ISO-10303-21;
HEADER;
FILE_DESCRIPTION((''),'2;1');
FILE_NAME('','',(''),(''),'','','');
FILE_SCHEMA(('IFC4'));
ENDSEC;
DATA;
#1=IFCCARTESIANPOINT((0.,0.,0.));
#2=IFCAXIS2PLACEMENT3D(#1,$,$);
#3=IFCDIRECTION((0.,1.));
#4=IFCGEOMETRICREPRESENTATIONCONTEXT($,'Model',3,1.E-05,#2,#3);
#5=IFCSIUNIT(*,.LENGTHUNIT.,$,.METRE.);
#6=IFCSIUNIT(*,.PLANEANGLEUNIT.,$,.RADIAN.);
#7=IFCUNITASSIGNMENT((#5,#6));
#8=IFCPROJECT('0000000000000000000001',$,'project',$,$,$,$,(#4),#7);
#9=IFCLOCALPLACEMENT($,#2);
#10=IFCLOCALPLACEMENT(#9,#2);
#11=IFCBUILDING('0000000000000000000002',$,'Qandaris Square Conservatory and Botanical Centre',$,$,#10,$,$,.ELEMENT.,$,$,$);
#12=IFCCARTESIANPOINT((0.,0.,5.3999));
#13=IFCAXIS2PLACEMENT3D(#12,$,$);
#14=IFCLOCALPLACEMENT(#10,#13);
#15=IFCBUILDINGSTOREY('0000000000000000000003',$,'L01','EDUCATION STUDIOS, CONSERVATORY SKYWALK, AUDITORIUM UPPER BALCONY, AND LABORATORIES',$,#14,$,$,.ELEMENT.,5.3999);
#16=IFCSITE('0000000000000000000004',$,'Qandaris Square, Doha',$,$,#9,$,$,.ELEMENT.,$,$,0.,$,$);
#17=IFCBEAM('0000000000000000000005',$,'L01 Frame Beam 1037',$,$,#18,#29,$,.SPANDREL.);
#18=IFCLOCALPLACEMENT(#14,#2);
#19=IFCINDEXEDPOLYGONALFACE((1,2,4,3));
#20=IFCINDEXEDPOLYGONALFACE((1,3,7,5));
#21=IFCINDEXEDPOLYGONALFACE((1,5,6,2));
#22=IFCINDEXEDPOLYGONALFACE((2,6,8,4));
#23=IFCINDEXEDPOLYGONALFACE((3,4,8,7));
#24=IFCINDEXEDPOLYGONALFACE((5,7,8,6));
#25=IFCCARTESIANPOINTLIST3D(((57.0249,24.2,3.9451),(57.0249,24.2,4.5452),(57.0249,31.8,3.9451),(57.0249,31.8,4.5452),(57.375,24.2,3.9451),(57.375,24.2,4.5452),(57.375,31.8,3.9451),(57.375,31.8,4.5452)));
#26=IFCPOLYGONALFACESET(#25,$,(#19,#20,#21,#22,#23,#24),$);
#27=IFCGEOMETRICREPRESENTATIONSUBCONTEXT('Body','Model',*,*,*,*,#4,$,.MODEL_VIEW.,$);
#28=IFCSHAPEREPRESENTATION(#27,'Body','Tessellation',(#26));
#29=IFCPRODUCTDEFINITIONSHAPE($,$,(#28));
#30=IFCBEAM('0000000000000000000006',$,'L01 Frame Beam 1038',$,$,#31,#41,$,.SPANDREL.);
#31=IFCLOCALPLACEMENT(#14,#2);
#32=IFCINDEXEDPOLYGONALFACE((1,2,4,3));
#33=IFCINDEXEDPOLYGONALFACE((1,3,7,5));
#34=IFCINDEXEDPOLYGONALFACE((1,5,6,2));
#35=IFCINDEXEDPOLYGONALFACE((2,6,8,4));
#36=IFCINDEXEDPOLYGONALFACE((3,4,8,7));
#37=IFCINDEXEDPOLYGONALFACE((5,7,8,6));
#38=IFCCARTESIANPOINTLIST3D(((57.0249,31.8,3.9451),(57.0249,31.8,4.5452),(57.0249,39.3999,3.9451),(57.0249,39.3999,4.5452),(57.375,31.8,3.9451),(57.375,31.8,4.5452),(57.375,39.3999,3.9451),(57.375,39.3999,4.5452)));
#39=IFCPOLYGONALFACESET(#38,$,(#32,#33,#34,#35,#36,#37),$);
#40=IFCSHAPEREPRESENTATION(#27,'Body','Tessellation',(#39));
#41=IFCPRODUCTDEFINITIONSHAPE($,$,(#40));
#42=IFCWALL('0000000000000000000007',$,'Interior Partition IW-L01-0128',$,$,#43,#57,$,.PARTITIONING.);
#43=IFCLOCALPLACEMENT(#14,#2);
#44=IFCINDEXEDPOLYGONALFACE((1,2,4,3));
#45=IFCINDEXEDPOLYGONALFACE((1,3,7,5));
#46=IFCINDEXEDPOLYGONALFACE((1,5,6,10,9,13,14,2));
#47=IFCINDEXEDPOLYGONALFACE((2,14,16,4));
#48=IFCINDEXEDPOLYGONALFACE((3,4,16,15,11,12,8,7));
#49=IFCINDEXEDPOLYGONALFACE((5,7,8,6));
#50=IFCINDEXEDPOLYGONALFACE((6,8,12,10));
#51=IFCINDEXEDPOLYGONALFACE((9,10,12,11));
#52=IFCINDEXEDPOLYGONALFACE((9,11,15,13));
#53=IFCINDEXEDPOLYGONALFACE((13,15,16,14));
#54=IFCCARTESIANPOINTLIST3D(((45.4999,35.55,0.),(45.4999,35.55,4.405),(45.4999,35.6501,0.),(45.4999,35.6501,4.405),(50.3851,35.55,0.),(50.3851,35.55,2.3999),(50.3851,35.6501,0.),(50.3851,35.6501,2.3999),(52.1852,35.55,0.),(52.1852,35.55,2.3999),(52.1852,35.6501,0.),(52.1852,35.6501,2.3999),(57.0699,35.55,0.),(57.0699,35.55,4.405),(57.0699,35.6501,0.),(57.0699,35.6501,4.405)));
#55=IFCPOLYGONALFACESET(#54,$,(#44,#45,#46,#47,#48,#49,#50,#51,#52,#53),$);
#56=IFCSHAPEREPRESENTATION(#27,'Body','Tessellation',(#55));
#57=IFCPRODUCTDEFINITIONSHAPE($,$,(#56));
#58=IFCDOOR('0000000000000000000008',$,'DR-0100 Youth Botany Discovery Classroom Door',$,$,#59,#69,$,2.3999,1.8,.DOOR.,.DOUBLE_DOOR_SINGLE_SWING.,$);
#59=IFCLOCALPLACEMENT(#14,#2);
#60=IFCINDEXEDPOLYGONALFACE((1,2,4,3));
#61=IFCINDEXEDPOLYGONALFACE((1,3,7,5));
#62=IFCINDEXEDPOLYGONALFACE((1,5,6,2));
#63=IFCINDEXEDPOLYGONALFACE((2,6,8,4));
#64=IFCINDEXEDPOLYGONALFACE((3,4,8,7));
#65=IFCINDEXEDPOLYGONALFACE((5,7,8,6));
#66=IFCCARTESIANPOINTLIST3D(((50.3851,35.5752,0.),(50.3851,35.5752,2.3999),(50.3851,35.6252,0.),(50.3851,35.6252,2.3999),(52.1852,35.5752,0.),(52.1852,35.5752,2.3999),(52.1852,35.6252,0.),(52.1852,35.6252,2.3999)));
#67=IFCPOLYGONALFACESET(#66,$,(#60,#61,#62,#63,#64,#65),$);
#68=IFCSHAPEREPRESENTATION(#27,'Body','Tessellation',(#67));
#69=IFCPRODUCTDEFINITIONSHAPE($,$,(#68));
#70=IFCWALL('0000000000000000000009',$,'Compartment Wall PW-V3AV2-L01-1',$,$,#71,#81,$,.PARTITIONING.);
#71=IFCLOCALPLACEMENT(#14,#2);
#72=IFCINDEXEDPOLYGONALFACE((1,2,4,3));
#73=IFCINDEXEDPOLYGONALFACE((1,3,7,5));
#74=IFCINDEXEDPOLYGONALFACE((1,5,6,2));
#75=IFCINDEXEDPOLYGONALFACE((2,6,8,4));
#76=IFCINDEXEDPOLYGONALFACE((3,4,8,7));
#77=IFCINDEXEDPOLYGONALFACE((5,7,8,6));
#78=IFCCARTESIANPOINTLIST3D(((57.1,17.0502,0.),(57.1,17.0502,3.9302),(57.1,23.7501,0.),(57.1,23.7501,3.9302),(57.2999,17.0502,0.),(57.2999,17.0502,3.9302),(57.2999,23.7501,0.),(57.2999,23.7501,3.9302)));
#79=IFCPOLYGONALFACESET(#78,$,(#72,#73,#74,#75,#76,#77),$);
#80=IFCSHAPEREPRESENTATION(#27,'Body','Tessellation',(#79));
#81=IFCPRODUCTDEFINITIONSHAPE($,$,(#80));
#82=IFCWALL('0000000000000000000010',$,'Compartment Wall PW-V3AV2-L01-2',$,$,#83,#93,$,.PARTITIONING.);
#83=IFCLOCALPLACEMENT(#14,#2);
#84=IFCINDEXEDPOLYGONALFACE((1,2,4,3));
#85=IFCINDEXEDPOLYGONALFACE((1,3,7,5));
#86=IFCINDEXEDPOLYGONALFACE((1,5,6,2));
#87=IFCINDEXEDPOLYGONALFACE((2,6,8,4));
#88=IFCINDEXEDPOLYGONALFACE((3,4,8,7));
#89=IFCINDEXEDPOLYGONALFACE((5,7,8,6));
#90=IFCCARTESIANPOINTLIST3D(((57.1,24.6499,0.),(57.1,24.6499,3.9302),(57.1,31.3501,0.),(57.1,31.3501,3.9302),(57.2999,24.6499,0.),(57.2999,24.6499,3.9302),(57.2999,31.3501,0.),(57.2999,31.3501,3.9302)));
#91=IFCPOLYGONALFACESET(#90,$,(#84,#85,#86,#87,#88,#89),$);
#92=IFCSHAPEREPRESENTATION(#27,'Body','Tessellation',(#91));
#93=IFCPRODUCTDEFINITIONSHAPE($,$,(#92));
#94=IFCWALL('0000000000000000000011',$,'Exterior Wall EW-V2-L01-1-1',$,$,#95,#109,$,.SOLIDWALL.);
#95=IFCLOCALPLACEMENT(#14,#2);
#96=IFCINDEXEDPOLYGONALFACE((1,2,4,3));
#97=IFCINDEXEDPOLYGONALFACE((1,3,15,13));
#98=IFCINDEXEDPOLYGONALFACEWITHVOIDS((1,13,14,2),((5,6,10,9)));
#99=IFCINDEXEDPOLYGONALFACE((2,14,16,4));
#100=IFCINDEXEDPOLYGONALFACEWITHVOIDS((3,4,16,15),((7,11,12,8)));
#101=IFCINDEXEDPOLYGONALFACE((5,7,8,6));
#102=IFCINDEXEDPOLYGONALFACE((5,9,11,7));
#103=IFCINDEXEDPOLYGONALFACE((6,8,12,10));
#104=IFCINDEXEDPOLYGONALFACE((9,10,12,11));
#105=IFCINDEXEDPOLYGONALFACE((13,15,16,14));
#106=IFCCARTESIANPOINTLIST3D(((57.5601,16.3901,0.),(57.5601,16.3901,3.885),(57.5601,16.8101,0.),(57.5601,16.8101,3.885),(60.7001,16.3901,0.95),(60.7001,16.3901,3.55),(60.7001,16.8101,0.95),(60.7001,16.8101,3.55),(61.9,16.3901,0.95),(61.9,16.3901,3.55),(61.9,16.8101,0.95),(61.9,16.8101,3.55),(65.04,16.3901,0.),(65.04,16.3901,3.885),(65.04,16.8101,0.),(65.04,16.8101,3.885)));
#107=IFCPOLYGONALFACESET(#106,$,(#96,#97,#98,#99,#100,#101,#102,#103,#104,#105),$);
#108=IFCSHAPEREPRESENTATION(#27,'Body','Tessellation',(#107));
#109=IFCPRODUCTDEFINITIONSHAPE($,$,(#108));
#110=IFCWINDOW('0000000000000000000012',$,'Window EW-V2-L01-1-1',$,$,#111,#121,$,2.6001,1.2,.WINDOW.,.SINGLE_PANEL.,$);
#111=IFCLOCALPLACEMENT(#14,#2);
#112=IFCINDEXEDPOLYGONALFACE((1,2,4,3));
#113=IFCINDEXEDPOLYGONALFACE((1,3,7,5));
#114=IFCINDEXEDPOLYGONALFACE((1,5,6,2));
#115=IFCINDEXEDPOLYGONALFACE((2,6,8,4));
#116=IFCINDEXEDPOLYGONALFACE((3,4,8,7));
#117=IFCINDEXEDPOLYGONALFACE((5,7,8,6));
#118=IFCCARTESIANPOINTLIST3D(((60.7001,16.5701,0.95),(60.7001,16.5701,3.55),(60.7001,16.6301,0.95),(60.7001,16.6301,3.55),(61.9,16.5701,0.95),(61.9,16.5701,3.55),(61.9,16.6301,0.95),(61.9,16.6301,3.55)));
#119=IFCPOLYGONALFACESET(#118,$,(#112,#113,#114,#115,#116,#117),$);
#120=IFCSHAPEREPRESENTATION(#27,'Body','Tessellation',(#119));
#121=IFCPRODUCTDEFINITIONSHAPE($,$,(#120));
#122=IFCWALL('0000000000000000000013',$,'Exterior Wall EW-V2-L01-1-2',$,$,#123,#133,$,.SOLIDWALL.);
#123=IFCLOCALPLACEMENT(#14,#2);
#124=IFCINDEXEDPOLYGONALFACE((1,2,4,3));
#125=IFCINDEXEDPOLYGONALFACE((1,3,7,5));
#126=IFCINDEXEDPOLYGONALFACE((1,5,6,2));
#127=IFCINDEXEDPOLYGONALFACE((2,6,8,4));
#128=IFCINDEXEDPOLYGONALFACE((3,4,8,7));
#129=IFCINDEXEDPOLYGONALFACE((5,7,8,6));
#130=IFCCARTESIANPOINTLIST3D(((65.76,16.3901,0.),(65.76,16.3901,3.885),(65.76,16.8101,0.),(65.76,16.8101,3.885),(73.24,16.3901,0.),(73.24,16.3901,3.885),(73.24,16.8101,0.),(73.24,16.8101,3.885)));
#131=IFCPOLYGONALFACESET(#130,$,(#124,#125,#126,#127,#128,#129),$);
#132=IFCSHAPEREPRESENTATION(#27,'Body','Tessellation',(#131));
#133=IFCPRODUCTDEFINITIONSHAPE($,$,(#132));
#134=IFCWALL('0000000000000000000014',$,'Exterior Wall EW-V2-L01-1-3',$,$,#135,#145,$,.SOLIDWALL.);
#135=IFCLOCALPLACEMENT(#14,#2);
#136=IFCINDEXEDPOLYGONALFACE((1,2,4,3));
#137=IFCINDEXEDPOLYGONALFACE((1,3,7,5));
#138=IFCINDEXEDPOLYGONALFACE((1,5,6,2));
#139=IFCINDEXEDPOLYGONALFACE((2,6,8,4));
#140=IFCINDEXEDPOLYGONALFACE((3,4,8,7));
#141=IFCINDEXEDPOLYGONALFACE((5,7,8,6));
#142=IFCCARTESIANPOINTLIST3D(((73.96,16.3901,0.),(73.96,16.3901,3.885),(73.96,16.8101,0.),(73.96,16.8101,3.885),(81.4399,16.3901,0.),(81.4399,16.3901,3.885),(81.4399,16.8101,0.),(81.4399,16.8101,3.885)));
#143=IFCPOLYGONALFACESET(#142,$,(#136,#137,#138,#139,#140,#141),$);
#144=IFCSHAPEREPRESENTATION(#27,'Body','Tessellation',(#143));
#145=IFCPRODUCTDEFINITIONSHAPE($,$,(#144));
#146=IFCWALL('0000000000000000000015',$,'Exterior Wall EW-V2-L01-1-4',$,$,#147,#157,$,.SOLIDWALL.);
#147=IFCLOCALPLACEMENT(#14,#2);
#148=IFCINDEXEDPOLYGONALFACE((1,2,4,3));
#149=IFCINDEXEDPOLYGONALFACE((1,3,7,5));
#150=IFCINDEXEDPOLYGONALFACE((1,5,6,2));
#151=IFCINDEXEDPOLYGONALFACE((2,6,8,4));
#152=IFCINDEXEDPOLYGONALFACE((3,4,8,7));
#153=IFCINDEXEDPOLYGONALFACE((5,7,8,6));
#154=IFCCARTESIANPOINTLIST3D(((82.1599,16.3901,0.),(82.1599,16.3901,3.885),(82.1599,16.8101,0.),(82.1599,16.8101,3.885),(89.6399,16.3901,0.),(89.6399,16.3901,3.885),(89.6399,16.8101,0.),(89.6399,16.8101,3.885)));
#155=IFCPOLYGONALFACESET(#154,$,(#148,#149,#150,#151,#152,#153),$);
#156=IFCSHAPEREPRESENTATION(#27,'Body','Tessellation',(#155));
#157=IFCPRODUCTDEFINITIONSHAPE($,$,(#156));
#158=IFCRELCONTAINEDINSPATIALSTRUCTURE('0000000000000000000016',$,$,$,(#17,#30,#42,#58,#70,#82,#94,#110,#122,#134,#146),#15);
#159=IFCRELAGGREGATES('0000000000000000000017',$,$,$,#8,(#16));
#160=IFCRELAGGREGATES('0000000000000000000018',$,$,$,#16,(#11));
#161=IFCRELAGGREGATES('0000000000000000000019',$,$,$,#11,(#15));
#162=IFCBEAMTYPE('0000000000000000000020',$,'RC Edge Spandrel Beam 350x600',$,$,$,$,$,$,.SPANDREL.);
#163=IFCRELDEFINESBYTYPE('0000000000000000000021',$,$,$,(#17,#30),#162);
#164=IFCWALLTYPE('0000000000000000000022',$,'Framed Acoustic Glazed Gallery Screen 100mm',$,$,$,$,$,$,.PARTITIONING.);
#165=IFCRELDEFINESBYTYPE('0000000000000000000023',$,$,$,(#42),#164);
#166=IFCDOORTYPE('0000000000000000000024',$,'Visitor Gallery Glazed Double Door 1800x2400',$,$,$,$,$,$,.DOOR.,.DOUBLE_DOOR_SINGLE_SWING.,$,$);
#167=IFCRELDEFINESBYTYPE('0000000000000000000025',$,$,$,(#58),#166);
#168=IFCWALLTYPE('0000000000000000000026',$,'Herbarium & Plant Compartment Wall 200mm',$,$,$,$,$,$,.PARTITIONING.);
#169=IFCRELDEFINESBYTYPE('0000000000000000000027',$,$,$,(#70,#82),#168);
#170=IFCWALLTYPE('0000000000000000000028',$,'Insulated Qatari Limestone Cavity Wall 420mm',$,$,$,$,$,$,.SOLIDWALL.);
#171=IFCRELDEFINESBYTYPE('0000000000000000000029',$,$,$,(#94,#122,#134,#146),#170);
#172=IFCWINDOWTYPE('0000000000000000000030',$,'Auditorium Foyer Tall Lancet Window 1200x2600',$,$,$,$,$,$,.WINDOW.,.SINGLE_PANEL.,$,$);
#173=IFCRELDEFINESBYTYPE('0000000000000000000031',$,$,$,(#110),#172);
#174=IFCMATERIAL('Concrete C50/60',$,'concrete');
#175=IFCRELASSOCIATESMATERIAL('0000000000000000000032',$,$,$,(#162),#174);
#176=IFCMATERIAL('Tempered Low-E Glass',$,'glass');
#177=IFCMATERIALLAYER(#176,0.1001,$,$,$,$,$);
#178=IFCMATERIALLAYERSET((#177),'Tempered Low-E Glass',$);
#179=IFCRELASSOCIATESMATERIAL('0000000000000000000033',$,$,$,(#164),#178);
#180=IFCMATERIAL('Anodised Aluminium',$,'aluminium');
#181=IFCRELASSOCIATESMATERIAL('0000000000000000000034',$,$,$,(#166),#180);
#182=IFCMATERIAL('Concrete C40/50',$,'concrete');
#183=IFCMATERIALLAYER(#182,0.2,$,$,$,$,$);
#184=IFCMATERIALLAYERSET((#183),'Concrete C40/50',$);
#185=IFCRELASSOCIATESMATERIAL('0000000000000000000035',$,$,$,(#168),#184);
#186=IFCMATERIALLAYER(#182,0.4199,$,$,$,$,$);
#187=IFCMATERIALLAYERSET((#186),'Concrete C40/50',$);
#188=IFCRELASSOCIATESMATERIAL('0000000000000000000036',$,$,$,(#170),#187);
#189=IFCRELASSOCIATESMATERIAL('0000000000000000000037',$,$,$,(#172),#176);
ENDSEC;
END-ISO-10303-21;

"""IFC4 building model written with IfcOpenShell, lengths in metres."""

from ifc_helpers import new_model, si_unit, direction, frame, frame_2d, origin, origin_2d, place, context, subcontext, project, spatial, rectangle, extrude, material, layer, layer_set, material_profile, profile_set, type_object, element, fill, save


model = new_model("IFC4")

# Units and contexts
model_context = context("Model", 3, precision=1e-05, world=origin(), true_north=direction((0.0, 1.0)))
body_context = subcontext(model_context, "Body", "Model", "MODEL_VIEW")
ifc_project = project(units=[si_unit("LENGTHUNIT", "METRE"), si_unit("PLANEANGLEUNIT", "RADIAN")], contexts=[model_context])

# Site, building, storey
site_placement = place(None, origin())
site = spatial("IfcSite", under=ifc_project, at=site_placement, Name="Qandaris Square, Doha", CompositionType="ELEMENT", RefElevation=0.0)
building_placement = place(site_placement, origin())
building = spatial("IfcBuilding", under=site, at=building_placement, Name="Qandaris Square Conservatory and Botanical Centre", CompositionType="ELEMENT")
storey_placement = place(building_placement, frame((0.0, 0.0, 5.3999)))
storey = spatial("IfcBuildingStorey", under=building, at=storey_placement, Name="L01", Description="EDUCATION STUDIOS, CONSERVATORY SKYWALK, AUDITORIUM UPPER BALCONY, AND LABORATORIES", CompositionType="ELEMENT", Elevation=5.3999)

# Shared definitions
ifc_material_1 = material(Name="Concrete C50/60", Category="concrete")
ifc_material_2 = material(Name="Concrete C40/50", Category="concrete")

# Beams
ifc_material_profile_1 = material_profile(ifc_material_1, rectangle(XDim=0.3501, YDim=0.6001, at=origin_2d()), Name="RC-SP 350x600")
ifc_profile_set_1 = profile_set([ifc_material_profile_1], Name="Concrete C50/60")
beam_type = type_object("IfcBeamType", Name="RC Edge Spandrel Beam 350x600", PredefinedType="SPANDREL", material=ifc_profile_set_1)
beam_1_placement = place(storey_placement, frame((57.2, 24.2, 4.2451), z_axis=(0.0, 1.0, 0.0), x_axis=(-1.0, 0.0, 0.0)))
element("IfcBeam", 1, at=beam_1_placement, inside=storey, type_object=beam_type, Name="L01 Frame Beam 1037", PredefinedType="SPANDREL", context=body_context, shape_type="SweptSolid", body=[
    extrude(rectangle(XDim=0.3501, YDim=0.6001, at=origin_2d()), origin(), (0.0, 0.0, 1.0), 7.6001),
])
beam_2_placement = place(storey_placement, frame((57.2, 31.8, 4.2451), z_axis=(0.0, 1.0, 0.0), x_axis=(-1.0, 0.0, 0.0)))
element("IfcBeam", 2, at=beam_2_placement, inside=storey, type_object=beam_type, Name="L01 Frame Beam 1038", PredefinedType="SPANDREL", context=body_context, shape_type="SweptSolid", body=[
    extrude(rectangle(XDim=0.3501, YDim=0.6001, at=origin_2d()), origin(), (0.0, 0.0, 1.0), 7.5999),
])

# Wall, opening, door
ifc_material_3 = material(Name="Tempered Low-E Glass", Category="glass")
ifc_layer_1 = layer(ifc_material_3, 0.1001)
ifc_layer_set_1 = layer_set([ifc_layer_1], Name="Tempered Low-E Glass")
wall_type_1 = type_object("IfcWallType", Name="Framed Acoustic Glazed Gallery Screen 100mm", PredefinedType="PARTITIONING", material=ifc_layer_set_1)
wall_1_placement = place(storey_placement, frame((57.0701, 35.6001, 0.0), z_axis=(0.0, 0.0, 1.0), x_axis=(-1.0, 0.0, 0.0)))
wall_1 = element("IfcWall", 3, at=wall_1_placement, inside=storey, type_object=wall_type_1, Name="Interior Partition IW-L01-0128", PredefinedType="PARTITIONING", context=body_context, shape_type="SweptSolid", body=[
    extrude(rectangle(XDim=11.5701, YDim=0.1001, at=frame_2d((5.7852, 0.0))), origin(), (0.0, 0.0, 1.0), 4.405),
])
opening_1_placement = place(wall_1_placement, frame((4.885, 0.0, 0.0)))
opening_1 = element("IfcOpeningElement", 4, at=opening_1_placement, cuts=wall_1, PredefinedType="OPENING", context=body_context, shape_type="SweptSolid", body=[
    extrude(rectangle(XDim=1.8, YDim=2.3999, at=frame_2d((0.8999, 1.2))), frame((0.0, 0.062, 0.0), z_axis=(0.0, -1.0, 0.0), x_axis=(1.0, 0.0, 0.0)), (0.0, 0.0, 1.0), 0.124),
])
ifc_material_4 = material(Name="Anodised Aluminium", Category="aluminium")
door_type_1 = type_object("IfcDoorType", Name="Visitor Gallery Glazed Double Door 1800x2400", OperationType="DOUBLE_DOOR_SINGLE_SWING", PredefinedType="DOOR", material=ifc_material_4)
door_1_placement = place(opening_1_placement, origin())
door_1 = element("IfcDoor", 5, at=door_1_placement, inside=storey, type_object=door_type_1, Name="DR-0100 Youth Botany Discovery Classroom Door", OperationType="DOUBLE_DOOR_SINGLE_SWING", OverallHeight=2.3999, OverallWidth=1.8, PredefinedType="DOOR", context=body_context, shape_type="SweptSolid", body=[
    extrude(rectangle(XDim=1.8, YDim=2.3999, at=frame_2d((0.8999, 1.2))), frame((0.0, 0.0249, 0.0), z_axis=(0.0, -1.0, 0.0), x_axis=(1.0, 0.0, 0.0)), (0.0, 0.0, 1.0), 0.05),
])
fill(opening_1, door_1)

# Walls
ifc_layer_2 = layer(ifc_material_2, 0.2)
ifc_layer_set_2 = layer_set([ifc_layer_2], Name="Concrete C40/50")
wall_type_2 = type_object("IfcWallType", Name="Herbarium & Plant Compartment Wall 200mm", PredefinedType="PARTITIONING", material=ifc_layer_set_2)
wall_2_placement = place(storey_placement, frame((57.2, 17.05, 0.0), z_axis=(0.0, 0.0, 1.0), x_axis=(0.0, 1.0, 0.0)))
element("IfcWall", 6, at=wall_2_placement, inside=storey, type_object=wall_type_2, Name="Compartment Wall PW-V3AV2-L01-1", PredefinedType="PARTITIONING", context=body_context, shape_type="SweptSolid", body=[
    extrude(rectangle(XDim=6.7, YDim=0.2, at=frame_2d((3.3501, 0.0))), origin(), (0.0, 0.0, 1.0), 3.9302),
])
wall_3_placement = place(storey_placement, frame((57.2, 24.6499, 0.0), z_axis=(0.0, 0.0, 1.0), x_axis=(0.0, 1.0, 0.0)))
element("IfcWall", 7, at=wall_3_placement, inside=storey, type_object=wall_type_2, Name="Compartment Wall PW-V3AV2-L01-2", PredefinedType="PARTITIONING", context=body_context, shape_type="SweptSolid", body=[
    extrude(rectangle(XDim=6.7002, YDim=0.2, at=frame_2d((3.3501, 0.0))), origin(), (0.0, 0.0, 1.0), 3.9302),
])

# Wall, opening, window
ifc_layer_3 = layer(ifc_material_2, 0.4199)
ifc_layer_set_3 = layer_set([ifc_layer_3], Name="Concrete C40/50")
wall_type_3 = type_object("IfcWallType", Name="Insulated Qatari Limestone Cavity Wall 420mm", PredefinedType="SOLIDWALL", material=ifc_layer_set_3)
wall_4_placement = place(storey_placement, frame((57.5601, 16.6001, 0.0), z_axis=(0.0, 0.0, 1.0), x_axis=(1.0, 0.0, 0.0)))
wall_4 = element("IfcWall", 8, at=wall_4_placement, inside=storey, type_object=wall_type_3, Name="Exterior Wall EW-V2-L01-1-1", PredefinedType="SOLIDWALL", context=body_context, shape_type="SweptSolid", body=[
    extrude(rectangle(XDim=7.48, YDim=0.4199, at=frame_2d((3.74, 0.0))), origin(), (0.0, 0.0, 1.0), 3.885),
])
opening_2_placement = place(wall_4_placement, frame((3.1399, 0.0, 0.95)))
opening_2 = element("IfcOpeningElement", 9, at=opening_2_placement, cuts=wall_4, PredefinedType="OPENING", context=body_context, shape_type="SweptSolid", body=[
    extrude(rectangle(XDim=1.2, YDim=2.6001, at=frame_2d((0.6001, 1.3))), frame((0.0, 0.2219, 0.0), z_axis=(0.0, -1.0, 0.0), x_axis=(1.0, 0.0, 0.0)), (0.0, 0.0, 1.0), 0.4438),
])
window_type = type_object("IfcWindowType", Name="Auditorium Foyer Tall Lancet Window 1200x2600", PartitioningType="SINGLE_PANEL", PredefinedType="WINDOW", material=ifc_material_3)
window_placement = place(opening_2_placement, origin())
window = element("IfcWindow", 10, at=window_placement, inside=storey, type_object=window_type, Name="Window EW-V2-L01-1-1", OverallHeight=2.6001, OverallWidth=1.2, PartitioningType="SINGLE_PANEL", PredefinedType="WINDOW", context=body_context, shape_type="SweptSolid", body=[
    extrude(rectangle(XDim=1.2, YDim=2.6001, at=frame_2d((0.6001, 1.3))), frame((0.0, 0.03, 0.0), z_axis=(0.0, -1.0, 0.0), x_axis=(1.0, 0.0, 0.0)), (0.0, 0.0, 1.0), 0.0601),
])
fill(opening_2, window)

# Walls
for number, where, z_axis, x_axis, name in (
    (11, (65.76, 16.6001, 0.0), (0.0, 0.0, 1.0), (1.0, 0.0, 0.0), "Exterior Wall EW-V2-L01-1-2"),
    (12, (73.96, 16.6001, 0.0), (0.0, 0.0, 1.0), (1.0, 0.0, 0.0), "Exterior Wall EW-V2-L01-1-3"),
    (13, (82.1599, 16.6001, 0.0), (0.0, 0.0, 1.0), (1.0, 0.0, 0.0), "Exterior Wall EW-V2-L01-1-4"),
):
    element("IfcWall", number, at=place(storey_placement, frame(where, z_axis=z_axis, x_axis=x_axis)), inside=storey, type_object=wall_type_3, Name=name, PredefinedType="SOLIDWALL", context=body_context, shape_type="SweptSolid", body=[
        extrude(rectangle(XDim=7.48, YDim=0.4199, at=frame_2d((3.74, 0.0))), origin(), (0.0, 0.0, 1.0), 3.885),
    ])

save(model, "model.ifc")
